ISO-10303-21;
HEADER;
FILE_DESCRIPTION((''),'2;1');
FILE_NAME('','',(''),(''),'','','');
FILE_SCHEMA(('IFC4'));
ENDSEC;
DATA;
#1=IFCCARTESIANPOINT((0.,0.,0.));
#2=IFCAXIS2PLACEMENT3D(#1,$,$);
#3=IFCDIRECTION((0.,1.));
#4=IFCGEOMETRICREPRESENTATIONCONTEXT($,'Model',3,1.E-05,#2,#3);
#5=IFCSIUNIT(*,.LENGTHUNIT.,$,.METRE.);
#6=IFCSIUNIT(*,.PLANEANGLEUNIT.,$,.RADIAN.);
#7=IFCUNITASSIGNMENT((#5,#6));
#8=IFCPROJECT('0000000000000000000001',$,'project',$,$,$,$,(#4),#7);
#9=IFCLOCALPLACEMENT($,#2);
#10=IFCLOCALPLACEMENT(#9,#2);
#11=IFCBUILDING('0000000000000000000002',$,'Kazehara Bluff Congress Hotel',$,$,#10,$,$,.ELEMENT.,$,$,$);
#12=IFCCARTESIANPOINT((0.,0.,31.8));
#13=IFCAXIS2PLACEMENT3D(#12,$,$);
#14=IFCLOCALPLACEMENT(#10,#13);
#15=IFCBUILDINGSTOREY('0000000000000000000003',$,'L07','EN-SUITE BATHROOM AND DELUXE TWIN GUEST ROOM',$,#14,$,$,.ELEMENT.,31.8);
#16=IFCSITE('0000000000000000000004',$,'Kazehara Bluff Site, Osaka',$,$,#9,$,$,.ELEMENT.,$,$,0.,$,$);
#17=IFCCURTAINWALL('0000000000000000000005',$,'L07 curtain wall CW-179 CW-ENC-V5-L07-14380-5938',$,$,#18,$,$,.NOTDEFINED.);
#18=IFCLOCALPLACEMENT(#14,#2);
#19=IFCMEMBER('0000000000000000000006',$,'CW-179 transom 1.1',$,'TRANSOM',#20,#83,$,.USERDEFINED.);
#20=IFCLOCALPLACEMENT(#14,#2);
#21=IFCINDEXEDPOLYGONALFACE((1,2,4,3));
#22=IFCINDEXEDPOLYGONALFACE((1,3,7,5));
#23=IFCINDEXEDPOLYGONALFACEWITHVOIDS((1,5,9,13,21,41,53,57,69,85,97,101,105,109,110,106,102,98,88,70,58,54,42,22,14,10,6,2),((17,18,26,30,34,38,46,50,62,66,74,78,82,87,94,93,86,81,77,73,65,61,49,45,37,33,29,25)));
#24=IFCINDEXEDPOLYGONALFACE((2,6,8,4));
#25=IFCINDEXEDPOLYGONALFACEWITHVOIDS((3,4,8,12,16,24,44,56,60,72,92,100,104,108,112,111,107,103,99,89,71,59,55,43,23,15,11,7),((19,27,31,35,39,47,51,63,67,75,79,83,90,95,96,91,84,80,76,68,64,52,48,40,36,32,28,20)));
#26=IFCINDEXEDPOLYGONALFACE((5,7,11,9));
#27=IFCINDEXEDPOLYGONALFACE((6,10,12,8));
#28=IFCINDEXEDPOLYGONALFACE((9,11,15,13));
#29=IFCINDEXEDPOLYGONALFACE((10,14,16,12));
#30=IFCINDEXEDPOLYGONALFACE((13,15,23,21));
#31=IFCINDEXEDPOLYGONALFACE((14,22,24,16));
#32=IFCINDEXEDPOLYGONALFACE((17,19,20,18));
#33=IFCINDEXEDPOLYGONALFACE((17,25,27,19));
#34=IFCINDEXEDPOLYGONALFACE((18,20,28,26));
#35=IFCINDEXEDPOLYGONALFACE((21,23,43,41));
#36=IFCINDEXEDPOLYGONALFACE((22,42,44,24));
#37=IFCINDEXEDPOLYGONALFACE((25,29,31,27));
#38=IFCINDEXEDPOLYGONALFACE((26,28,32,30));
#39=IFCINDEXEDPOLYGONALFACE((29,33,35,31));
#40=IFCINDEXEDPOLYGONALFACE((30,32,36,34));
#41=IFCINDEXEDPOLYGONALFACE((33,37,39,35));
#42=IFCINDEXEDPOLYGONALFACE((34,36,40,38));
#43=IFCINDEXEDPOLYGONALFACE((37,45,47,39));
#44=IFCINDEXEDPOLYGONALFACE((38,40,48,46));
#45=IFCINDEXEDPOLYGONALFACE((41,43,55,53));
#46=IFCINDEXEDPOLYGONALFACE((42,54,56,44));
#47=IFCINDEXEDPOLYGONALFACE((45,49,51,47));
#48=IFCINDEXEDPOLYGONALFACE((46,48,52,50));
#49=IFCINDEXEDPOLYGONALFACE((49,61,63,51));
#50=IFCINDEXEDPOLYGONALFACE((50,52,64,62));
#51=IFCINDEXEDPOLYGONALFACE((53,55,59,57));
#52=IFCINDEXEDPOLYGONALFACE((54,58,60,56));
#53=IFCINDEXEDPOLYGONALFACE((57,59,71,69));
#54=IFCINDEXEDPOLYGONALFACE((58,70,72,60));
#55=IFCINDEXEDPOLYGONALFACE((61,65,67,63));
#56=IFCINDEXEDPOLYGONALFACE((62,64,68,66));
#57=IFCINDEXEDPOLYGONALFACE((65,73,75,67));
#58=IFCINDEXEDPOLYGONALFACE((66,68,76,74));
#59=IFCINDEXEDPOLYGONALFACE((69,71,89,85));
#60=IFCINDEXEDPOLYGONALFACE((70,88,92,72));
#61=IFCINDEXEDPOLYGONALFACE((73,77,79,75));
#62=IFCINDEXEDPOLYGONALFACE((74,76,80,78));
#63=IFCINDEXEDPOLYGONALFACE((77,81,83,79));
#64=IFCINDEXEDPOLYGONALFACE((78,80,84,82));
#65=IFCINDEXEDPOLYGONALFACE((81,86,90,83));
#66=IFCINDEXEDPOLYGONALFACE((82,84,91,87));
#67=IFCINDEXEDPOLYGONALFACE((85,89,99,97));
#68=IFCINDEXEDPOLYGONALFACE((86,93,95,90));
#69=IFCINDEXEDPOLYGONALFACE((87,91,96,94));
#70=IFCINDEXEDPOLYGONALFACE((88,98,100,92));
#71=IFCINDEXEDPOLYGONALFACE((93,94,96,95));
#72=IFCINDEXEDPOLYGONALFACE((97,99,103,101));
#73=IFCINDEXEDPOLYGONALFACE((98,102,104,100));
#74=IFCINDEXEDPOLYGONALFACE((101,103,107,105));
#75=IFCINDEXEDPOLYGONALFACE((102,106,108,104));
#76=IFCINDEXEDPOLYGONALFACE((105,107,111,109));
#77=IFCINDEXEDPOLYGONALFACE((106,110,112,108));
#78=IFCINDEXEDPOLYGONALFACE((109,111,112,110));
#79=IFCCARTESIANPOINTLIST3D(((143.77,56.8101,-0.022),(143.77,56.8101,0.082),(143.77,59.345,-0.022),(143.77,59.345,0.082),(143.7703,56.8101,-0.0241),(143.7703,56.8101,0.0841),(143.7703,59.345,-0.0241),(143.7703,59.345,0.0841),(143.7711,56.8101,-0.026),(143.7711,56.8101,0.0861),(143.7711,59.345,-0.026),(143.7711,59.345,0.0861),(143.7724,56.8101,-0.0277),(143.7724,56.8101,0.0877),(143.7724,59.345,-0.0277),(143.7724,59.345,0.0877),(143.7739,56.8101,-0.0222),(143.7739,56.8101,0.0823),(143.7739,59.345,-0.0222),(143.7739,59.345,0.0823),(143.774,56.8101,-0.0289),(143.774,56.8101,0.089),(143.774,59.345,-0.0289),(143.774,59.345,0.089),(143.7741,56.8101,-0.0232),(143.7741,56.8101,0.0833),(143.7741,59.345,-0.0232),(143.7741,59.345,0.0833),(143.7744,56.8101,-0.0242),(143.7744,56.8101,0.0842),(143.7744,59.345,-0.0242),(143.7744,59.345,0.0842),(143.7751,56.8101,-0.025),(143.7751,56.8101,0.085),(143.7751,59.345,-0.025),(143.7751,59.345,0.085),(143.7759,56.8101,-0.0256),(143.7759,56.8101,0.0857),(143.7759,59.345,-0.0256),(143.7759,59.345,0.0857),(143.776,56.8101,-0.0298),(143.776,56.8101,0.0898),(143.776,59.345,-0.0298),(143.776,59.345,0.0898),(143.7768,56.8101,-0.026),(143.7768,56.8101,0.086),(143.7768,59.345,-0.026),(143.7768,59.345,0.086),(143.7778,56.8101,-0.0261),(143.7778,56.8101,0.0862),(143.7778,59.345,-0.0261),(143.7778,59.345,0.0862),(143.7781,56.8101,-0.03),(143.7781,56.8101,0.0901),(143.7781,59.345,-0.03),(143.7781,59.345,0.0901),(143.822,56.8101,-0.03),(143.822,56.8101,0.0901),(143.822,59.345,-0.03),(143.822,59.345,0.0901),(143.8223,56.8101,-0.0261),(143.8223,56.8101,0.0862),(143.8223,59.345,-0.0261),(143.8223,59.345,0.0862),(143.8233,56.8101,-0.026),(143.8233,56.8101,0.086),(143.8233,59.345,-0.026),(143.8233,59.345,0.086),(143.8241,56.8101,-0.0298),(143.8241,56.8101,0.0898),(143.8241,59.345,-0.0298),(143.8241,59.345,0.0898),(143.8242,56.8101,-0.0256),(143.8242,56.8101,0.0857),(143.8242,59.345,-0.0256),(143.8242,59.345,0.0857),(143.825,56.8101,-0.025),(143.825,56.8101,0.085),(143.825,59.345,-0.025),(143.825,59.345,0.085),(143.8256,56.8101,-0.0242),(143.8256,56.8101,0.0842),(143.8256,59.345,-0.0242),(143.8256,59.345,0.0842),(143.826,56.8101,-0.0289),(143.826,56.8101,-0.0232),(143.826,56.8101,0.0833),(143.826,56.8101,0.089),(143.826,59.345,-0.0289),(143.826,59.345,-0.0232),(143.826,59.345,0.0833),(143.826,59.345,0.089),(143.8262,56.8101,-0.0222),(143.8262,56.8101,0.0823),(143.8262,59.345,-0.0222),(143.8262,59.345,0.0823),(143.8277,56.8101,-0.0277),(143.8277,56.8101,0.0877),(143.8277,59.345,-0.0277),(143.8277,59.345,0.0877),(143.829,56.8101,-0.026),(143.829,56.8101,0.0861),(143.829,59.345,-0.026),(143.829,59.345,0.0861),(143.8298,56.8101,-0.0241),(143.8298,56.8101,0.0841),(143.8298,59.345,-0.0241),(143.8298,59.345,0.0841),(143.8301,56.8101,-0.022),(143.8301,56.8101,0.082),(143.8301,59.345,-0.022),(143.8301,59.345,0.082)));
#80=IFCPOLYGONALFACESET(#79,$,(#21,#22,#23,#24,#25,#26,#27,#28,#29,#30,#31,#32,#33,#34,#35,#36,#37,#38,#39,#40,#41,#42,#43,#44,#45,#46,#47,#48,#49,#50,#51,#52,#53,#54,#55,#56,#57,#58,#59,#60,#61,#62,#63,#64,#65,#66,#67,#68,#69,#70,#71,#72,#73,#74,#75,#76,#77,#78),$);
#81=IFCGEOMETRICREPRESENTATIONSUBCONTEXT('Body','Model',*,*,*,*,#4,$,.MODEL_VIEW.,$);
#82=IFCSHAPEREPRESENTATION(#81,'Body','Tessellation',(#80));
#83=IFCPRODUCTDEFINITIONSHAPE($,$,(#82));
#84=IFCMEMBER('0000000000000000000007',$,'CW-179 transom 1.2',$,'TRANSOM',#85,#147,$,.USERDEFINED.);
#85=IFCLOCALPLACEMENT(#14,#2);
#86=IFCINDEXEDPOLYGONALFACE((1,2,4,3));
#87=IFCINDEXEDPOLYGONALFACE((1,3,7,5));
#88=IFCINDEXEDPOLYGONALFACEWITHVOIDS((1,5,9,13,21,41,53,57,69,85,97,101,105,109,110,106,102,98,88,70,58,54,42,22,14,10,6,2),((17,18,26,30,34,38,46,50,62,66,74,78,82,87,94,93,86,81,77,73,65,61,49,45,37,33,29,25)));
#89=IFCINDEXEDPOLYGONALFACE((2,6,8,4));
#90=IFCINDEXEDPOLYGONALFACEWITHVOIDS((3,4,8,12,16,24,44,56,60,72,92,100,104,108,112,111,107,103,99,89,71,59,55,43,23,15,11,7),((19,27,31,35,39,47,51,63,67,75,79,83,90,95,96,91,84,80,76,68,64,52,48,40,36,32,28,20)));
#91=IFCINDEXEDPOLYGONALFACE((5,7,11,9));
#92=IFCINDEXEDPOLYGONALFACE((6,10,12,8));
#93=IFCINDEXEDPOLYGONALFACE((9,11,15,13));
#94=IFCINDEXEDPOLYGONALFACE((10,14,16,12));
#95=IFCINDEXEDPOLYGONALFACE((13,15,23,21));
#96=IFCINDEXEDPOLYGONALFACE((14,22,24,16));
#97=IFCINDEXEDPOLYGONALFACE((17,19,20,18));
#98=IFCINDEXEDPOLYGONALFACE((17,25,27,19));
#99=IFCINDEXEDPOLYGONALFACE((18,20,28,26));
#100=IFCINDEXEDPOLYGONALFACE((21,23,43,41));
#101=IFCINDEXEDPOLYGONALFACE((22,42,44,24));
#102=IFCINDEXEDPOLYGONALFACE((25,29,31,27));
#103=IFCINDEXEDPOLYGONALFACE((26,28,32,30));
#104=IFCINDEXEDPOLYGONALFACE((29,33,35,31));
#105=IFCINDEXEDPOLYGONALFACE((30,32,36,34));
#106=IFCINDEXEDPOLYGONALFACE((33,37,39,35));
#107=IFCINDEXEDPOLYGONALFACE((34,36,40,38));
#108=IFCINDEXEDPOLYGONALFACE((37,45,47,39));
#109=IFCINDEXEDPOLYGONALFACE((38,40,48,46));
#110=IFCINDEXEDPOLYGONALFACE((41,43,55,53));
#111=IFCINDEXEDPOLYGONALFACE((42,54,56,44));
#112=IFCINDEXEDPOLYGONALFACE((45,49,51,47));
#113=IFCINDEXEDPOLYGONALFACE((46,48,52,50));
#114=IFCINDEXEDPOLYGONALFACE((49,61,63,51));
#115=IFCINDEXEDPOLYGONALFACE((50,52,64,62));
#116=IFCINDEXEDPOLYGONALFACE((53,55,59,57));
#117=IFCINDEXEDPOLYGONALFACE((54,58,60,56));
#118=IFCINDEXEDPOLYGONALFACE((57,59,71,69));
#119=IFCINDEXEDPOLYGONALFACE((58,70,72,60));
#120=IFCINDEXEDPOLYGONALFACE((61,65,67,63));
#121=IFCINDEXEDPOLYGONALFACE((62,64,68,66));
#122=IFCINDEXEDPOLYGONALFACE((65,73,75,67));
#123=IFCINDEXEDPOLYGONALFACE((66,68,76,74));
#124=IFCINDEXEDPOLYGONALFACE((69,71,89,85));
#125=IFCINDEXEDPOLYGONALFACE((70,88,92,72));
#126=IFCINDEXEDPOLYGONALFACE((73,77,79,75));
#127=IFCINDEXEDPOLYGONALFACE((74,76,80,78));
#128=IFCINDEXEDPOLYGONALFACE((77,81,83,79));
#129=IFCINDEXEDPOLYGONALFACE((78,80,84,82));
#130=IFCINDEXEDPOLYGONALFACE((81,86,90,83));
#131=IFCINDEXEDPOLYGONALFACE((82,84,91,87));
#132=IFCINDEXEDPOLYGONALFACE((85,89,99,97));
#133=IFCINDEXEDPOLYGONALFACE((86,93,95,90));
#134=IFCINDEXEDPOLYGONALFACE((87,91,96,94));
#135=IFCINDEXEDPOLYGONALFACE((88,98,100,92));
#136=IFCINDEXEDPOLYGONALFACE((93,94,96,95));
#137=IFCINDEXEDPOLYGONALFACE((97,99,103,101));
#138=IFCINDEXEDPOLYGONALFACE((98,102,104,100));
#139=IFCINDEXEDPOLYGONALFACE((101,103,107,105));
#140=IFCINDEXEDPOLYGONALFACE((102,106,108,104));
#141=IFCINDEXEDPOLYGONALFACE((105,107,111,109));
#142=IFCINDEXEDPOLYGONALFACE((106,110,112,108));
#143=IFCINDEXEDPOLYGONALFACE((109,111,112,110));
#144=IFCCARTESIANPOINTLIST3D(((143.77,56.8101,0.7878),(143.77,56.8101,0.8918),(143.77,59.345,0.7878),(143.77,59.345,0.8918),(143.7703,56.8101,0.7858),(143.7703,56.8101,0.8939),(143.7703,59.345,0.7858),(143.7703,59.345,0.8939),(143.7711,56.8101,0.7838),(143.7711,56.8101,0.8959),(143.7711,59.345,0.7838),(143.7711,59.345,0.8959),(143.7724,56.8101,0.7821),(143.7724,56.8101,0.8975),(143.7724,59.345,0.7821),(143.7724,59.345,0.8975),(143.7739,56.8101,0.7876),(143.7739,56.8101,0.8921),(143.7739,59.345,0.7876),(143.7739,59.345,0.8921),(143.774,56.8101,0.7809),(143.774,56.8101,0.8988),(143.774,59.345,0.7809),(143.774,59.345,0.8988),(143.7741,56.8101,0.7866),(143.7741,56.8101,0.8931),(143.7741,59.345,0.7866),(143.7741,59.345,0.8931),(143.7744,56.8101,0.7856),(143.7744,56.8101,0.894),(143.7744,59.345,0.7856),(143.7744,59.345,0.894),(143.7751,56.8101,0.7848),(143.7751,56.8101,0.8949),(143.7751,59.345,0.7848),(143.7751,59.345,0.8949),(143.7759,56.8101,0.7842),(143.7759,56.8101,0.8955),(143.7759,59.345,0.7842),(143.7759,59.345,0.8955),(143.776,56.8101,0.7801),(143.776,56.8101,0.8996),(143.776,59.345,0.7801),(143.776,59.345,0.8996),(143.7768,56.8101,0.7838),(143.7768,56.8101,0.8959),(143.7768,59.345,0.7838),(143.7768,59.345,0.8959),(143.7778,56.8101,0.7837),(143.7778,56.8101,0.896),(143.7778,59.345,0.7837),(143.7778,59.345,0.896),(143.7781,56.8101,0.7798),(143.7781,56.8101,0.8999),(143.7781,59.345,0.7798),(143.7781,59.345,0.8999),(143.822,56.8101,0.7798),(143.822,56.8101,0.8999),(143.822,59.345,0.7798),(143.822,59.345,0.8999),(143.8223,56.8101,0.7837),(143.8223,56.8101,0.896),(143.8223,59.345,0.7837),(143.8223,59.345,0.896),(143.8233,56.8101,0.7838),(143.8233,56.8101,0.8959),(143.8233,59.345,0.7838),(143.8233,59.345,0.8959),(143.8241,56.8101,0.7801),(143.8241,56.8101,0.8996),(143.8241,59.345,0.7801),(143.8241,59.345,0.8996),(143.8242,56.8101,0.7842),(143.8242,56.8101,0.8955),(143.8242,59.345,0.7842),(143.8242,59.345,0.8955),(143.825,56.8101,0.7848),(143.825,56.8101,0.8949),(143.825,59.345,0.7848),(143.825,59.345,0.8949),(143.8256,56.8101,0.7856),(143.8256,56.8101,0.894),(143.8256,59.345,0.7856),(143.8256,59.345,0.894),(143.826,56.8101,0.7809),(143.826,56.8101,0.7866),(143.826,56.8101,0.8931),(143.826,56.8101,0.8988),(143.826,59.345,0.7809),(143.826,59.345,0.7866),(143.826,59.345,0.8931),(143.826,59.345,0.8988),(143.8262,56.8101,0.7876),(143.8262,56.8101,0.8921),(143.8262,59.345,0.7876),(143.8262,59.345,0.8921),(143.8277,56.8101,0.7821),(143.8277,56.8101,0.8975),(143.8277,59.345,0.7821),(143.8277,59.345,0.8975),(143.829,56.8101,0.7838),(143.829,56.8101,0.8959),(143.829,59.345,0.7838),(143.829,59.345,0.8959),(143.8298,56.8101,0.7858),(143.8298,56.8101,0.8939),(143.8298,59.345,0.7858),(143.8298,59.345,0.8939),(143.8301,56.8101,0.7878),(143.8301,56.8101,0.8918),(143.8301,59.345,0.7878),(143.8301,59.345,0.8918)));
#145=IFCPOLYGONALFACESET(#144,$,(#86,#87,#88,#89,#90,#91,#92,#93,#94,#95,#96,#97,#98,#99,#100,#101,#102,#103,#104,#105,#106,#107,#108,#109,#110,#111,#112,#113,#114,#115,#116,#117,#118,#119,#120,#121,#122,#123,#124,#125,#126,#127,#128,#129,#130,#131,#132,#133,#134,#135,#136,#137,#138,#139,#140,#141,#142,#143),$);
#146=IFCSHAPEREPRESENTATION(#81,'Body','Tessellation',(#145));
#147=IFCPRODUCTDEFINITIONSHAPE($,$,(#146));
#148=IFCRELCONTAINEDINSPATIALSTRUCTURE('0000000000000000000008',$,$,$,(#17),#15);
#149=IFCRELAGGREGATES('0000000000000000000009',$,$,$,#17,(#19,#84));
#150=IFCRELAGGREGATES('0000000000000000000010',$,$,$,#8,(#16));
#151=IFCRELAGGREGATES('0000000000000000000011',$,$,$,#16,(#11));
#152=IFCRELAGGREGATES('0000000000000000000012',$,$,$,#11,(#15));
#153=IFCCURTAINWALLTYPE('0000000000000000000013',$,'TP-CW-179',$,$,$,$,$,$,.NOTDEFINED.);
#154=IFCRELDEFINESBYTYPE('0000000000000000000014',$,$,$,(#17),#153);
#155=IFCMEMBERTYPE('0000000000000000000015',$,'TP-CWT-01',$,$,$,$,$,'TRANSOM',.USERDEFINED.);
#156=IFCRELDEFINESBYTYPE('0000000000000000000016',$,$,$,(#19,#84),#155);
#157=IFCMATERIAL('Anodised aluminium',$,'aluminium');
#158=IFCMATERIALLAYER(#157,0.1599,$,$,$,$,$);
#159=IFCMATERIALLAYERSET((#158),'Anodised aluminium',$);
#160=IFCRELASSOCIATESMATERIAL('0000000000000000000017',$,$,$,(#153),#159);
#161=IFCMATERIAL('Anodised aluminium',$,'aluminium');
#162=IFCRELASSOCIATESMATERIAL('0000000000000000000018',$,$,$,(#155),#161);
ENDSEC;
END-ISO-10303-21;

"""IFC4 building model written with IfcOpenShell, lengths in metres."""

from ifc_helpers import new_model, si_unit, direction, frame, origin, origin_2d, place, context, subcontext, project, spatial, hollow_rectangle, extrude, material, layer, layer_set, material_profile, profile_set, type_object, element, aggregate, save


model = new_model("IFC4")

# Units and contexts
model_context = context("Model", 3, precision=1e-05, world=origin(), true_north=direction((0.0, 1.0)))
body_context = subcontext(model_context, "Body", "Model", "MODEL_VIEW")
ifc_project = project(units=[si_unit("LENGTHUNIT", "METRE"), si_unit("PLANEANGLEUNIT", "RADIAN")], contexts=[model_context])

# Site, building, storey
site_placement = place(None, origin())
site = spatial("IfcSite", under=ifc_project, at=site_placement, Name="Kazehara Bluff Site, Osaka", CompositionType="ELEMENT", RefElevation=0.0)
building_placement = place(site_placement, origin())
building = spatial("IfcBuilding", under=site, at=building_placement, Name="Kazehara Bluff Congress Hotel", CompositionType="ELEMENT")
storey_placement = place(building_placement, frame((0.0, 0.0, 31.8)))
storey = spatial("IfcBuildingStorey", under=building, at=storey_placement, Name="L07", Description="EN-SUITE BATHROOM AND DELUXE TWIN GUEST ROOM", CompositionType="ELEMENT", Elevation=31.8)

# Curtain wall
ifc_material_1 = material(Name="Anodised aluminium", Category="aluminium")
ifc_layer_1 = layer(ifc_material_1, 0.1599)
ifc_layer_set_1 = layer_set([ifc_layer_1], Name="Anodised aluminium")
curtain_wall_type_1 = type_object("IfcCurtainWallType", Name="TP-CW-179", PredefinedType="NOTDEFINED", material=ifc_layer_set_1)
curtain_wall_1_placement = place(storey_placement, origin())
curtain_wall_1 = element("IfcCurtainWall", 1, at=curtain_wall_1_placement, inside=storey, type_object=curtain_wall_type_1, Name="L07 curtain wall CW-179 CW-ENC-V5-L07-14380-5938", PredefinedType="NOTDEFINED")

# Members
ifc_material_2 = material(Name="Anodised aluminium", Category="aluminium")
ifc_material_profile_1 = material_profile(ifc_material_2, hollow_rectangle(XDim=0.0601, YDim=0.1201, WallThickness=0.0039, InnerFilletRadius=0.0039, OuterFilletRadius=0.0081, at=origin_2d()))
ifc_profile_set_1 = profile_set([ifc_material_profile_1], Name="Anodised aluminium")
member_type_1 = type_object("IfcMemberType", Name="TP-CWT-01", ElementType="TRANSOM", PredefinedType="USERDEFINED", material=ifc_profile_set_1)
member_1_placement = place(storey_placement, frame((143.8, 56.8101, 0.03), z_axis=(0.0, 1.0, 0.0), x_axis=(-1.0, 0.0, 0.0)))
member_1 = element("IfcMember", 2, at=member_1_placement, type_object=member_type_1, Name="CW-179 transom 1.1", ObjectType="TRANSOM", PredefinedType="USERDEFINED", context=body_context, shape_type="SweptSolid", body=[
    extrude(hollow_rectangle(XDim=0.0601, YDim=0.1201, WallThickness=0.0039, InnerFilletRadius=0.0039, OuterFilletRadius=0.0081, at=origin_2d()), origin(), (0.0, 0.0, 1.0), 2.5349),
])
member_2_placement = place(storey_placement, frame((143.8, 56.8101, 0.8398), z_axis=(0.0, 1.0, 0.0), x_axis=(-1.0, 0.0, 0.0)))
member_2 = element("IfcMember", 3, at=member_2_placement, type_object=member_type_1, Name="CW-179 transom 1.2", ObjectType="TRANSOM", PredefinedType="USERDEFINED", context=body_context, shape_type="SweptSolid", body=[
    extrude(hollow_rectangle(XDim=0.0601, YDim=0.1201, WallThickness=0.0039, InnerFilletRadius=0.0039, OuterFilletRadius=0.0081, at=origin_2d()), origin(), (0.0, 0.0, 1.0), 2.5349),
])

aggregate(curtain_wall_1, [member_1, member_2])

save(model, "model.ifc")
